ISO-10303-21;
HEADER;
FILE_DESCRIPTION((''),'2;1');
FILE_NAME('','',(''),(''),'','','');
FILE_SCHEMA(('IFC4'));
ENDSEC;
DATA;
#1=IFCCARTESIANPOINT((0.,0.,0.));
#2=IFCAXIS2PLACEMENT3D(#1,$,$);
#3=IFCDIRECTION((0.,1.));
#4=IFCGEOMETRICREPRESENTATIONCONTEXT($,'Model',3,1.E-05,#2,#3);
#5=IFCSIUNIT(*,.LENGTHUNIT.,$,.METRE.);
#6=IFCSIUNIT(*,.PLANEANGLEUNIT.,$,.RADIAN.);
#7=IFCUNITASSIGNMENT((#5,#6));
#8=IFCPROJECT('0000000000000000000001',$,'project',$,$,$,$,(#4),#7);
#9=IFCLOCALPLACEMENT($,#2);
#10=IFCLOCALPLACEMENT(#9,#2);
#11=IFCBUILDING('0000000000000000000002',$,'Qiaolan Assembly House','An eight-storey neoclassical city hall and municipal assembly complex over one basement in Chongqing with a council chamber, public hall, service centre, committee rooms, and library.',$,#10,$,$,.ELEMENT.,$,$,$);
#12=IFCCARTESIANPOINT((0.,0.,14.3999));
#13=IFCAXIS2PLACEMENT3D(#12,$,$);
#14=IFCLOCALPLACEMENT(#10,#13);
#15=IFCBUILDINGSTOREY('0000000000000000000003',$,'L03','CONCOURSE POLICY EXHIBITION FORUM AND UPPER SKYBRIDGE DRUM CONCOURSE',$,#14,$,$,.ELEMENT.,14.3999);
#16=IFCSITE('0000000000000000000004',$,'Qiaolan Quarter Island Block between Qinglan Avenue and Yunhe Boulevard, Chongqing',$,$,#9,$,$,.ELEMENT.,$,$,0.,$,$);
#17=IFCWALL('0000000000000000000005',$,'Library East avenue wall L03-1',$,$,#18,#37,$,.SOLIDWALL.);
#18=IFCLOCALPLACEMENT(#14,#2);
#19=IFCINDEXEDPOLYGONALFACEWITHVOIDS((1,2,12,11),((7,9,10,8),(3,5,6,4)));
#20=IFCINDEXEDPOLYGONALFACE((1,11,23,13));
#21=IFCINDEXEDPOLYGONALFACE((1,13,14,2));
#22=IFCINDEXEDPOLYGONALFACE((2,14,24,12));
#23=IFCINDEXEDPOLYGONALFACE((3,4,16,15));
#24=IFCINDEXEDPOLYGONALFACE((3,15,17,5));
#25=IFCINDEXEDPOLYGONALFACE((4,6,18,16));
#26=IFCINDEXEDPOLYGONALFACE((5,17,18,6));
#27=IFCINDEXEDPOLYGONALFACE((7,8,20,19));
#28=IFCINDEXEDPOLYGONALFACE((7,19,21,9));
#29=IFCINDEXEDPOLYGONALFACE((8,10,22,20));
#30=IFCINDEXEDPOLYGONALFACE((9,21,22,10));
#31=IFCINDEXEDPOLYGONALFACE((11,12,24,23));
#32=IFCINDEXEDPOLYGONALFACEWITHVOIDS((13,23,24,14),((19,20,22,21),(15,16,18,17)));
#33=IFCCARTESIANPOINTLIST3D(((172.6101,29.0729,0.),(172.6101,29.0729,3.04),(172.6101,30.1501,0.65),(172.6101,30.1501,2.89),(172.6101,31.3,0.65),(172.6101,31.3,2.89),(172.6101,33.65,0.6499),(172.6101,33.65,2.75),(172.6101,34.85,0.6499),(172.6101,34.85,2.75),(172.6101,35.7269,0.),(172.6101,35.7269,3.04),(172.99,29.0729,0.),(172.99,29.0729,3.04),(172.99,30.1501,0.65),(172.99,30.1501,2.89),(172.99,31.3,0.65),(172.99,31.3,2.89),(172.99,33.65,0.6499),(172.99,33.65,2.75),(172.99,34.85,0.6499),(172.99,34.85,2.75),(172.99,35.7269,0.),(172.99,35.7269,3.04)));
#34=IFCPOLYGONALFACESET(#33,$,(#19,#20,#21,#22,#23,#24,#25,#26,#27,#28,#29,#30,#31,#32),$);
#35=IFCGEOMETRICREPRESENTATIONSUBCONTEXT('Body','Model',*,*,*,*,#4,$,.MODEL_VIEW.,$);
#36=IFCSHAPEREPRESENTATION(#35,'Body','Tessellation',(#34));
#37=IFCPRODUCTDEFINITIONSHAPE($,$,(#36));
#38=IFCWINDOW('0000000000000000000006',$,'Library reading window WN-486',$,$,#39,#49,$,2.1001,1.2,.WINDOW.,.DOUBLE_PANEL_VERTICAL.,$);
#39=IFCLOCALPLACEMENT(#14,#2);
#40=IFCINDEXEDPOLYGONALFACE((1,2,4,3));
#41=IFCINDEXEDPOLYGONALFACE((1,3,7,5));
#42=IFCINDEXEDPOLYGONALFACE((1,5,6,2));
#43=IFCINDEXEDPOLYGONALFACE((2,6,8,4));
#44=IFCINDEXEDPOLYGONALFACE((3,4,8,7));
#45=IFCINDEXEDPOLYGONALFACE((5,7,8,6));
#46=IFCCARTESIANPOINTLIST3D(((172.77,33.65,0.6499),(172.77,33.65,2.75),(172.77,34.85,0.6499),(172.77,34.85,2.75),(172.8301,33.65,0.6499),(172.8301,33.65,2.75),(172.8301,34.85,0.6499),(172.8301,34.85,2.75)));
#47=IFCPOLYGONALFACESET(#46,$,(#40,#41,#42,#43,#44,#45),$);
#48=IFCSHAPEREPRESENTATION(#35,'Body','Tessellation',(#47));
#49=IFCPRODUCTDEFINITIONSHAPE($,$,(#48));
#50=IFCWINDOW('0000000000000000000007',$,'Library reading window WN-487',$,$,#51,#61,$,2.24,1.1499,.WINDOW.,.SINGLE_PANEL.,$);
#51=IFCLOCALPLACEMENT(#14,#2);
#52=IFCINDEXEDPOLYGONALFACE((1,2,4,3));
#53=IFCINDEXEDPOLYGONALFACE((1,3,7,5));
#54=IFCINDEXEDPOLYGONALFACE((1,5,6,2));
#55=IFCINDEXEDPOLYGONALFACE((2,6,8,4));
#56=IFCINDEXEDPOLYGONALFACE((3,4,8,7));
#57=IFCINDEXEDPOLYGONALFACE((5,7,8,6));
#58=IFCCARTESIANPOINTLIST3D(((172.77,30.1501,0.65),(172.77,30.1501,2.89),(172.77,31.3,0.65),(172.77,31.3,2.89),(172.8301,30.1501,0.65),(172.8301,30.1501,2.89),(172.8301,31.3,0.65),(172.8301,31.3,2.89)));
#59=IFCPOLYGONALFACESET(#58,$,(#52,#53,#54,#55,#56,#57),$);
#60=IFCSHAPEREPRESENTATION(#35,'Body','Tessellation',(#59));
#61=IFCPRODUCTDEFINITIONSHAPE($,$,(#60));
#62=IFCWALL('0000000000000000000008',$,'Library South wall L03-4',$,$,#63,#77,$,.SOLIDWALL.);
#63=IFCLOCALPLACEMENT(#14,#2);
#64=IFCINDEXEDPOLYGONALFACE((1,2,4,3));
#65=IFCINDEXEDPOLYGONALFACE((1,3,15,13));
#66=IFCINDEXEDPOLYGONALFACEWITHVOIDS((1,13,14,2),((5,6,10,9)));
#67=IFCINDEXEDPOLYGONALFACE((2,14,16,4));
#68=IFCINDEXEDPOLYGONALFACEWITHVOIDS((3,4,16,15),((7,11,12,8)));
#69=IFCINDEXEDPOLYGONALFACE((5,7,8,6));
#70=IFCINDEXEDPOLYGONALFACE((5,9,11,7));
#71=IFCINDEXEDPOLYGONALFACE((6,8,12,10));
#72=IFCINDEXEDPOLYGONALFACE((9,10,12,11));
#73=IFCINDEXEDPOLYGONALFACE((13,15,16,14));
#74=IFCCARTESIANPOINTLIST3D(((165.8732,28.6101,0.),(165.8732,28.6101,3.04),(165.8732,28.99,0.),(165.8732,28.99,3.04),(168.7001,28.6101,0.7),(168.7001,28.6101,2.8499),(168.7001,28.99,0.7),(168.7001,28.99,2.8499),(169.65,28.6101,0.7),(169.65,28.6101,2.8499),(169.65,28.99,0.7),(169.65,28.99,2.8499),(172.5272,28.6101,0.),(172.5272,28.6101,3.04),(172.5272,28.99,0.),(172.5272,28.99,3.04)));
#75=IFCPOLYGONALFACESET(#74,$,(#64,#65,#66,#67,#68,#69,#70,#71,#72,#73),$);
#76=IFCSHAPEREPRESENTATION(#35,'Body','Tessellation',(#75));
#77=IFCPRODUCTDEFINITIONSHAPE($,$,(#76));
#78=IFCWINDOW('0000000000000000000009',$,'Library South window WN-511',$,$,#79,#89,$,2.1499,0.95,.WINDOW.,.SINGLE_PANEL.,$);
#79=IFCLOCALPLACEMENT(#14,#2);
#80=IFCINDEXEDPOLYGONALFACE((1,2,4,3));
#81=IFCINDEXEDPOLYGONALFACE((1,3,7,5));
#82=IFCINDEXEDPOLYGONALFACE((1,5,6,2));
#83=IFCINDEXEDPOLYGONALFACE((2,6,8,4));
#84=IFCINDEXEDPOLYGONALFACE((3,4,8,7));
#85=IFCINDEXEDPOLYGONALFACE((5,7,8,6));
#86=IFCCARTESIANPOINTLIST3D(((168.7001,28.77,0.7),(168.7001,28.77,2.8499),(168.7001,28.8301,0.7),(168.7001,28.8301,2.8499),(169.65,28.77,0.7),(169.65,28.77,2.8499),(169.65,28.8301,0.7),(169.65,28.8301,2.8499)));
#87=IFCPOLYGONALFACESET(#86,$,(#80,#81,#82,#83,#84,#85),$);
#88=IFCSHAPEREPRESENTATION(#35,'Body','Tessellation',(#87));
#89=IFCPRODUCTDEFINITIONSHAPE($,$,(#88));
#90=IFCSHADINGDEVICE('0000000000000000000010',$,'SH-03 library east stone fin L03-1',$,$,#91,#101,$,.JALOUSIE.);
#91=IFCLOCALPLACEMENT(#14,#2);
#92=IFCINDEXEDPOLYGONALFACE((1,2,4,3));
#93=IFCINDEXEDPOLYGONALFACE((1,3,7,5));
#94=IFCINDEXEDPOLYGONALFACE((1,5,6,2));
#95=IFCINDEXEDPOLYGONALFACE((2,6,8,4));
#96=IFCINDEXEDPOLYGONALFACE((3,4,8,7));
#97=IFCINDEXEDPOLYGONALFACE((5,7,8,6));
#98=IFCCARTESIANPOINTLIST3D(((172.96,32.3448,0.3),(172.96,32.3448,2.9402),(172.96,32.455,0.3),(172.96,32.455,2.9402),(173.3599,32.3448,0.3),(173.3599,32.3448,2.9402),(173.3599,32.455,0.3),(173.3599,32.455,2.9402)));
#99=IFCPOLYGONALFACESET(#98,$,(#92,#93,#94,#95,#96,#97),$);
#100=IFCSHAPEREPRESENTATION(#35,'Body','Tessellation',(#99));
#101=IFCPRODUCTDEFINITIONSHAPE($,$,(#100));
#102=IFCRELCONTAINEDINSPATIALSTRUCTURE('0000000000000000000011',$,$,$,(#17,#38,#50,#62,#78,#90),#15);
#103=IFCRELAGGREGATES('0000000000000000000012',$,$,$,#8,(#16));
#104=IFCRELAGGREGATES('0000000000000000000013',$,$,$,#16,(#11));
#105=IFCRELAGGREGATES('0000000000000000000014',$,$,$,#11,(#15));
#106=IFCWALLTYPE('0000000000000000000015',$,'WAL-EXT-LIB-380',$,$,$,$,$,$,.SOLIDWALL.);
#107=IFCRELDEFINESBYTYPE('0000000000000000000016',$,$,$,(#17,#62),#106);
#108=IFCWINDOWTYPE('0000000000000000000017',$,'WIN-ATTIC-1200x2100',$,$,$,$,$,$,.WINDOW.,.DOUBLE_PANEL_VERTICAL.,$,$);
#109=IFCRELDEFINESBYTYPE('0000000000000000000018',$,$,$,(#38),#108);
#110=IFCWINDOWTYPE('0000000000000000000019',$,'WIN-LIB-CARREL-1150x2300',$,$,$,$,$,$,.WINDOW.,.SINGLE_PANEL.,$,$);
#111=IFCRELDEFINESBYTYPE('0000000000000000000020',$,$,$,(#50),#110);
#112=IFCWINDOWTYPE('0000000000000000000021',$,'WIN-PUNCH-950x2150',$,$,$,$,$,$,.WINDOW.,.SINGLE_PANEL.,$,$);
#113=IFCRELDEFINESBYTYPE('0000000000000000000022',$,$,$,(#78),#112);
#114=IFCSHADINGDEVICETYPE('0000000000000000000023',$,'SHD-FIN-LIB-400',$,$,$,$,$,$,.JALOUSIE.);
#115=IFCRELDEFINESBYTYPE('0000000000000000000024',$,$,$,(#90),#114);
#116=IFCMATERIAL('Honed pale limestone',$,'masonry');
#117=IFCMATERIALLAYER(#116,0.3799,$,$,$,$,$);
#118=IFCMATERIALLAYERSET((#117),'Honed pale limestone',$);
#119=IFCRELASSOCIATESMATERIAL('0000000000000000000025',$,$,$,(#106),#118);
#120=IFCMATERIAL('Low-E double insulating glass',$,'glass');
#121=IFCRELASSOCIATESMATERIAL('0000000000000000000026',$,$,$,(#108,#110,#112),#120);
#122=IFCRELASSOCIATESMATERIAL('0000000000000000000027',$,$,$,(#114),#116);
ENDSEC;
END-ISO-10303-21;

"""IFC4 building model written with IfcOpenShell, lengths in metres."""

from ifc_helpers import new_model, si_unit, direction, frame, frame_2d, origin, origin_2d, place, context, subcontext, project, spatial, rectangle, extrude, material, layer, layer_set, material_profile, profile_set, type_object, element, fill, save


model = new_model("IFC4")

# Units and contexts
model_context = context("Model", 3, precision=1e-05, world=origin(), true_north=direction((0.0, 1.0)))
body_context = subcontext(model_context, "Body", "Model", "MODEL_VIEW")
ifc_project = project(units=[si_unit("LENGTHUNIT", "METRE"), si_unit("PLANEANGLEUNIT", "RADIAN")], contexts=[model_context])

# Site, building, storey
site_placement = place(None, origin())
site = spatial("IfcSite", under=ifc_project, at=site_placement, Name="Qiaolan Quarter Island Block between Qinglan Avenue and Yunhe Boulevard, Chongqing", CompositionType="ELEMENT", RefElevation=0.0)
building_placement = place(site_placement, origin())
building = spatial("IfcBuilding", under=site, at=building_placement, Name="Qiaolan Assembly House", Description="An eight-storey neoclassical city hall and municipal assembly complex over one basement in Chongqing with a council chamber, public hall, service centre, committee rooms, and library.", CompositionType="ELEMENT")
storey_placement = place(building_placement, frame((0.0, 0.0, 14.3999)))
storey = spatial("IfcBuildingStorey", under=building, at=storey_placement, Name="L03", Description="CONCOURSE POLICY EXHIBITION FORUM AND UPPER SKYBRIDGE DRUM CONCOURSE", CompositionType="ELEMENT", Elevation=14.3999)

# Wall, openings, windows
ifc_material_1 = material(Name="Honed pale limestone", Category="masonry")
ifc_layer = layer(ifc_material_1, 0.3799)
ifc_layer_set = layer_set([ifc_layer], Name="Honed pale limestone")
wall_type = type_object("IfcWallType", Name="WAL-EXT-LIB-380", PredefinedType="SOLIDWALL", material=ifc_layer_set)
wall_1_placement = place(storey_placement, frame((172.8, 35.7271, 0.0), z_axis=(0.0, 0.0, 1.0), x_axis=(0.0, -1.0, 0.0)))
wall_1 = element("IfcWall", 1, at=wall_1_placement, inside=storey, type_object=wall_type, Name="Library East avenue wall L03-1", PredefinedType="SOLIDWALL", context=body_context, shape_type="SweptSolid", body=[
    extrude(rectangle(XDim=6.6541, YDim=0.3799, at=frame_2d((3.3271, 0.0))), origin(), (0.0, 0.0, 1.0), 3.04),
])
opening_1_placement = place(wall_1_placement, frame((0.877, 0.0, 0.6499)))
opening_1 = element("IfcOpeningElement", 2, at=opening_1_placement, cuts=wall_1, PredefinedType="OPENING", context=body_context, shape_type="SweptSolid", body=[
    extrude(rectangle(XDim=1.2, YDim=2.1001, at=frame_2d((0.6001, 1.05))), frame((0.0, 0.2, 0.0), z_axis=(0.0, -1.0, 0.0), x_axis=(1.0, 0.0, 0.0)), (0.0, 0.0, 1.0), 0.3999),
])
opening_2_placement = place(wall_1_placement, frame((4.427, 0.0, 0.6499)))
opening_2 = element("IfcOpeningElement", 3, at=opening_2_placement, cuts=wall_1, PredefinedType="OPENING", context=body_context, shape_type="SweptSolid", body=[
    extrude(rectangle(XDim=1.1499, YDim=2.24, at=frame_2d((0.575, 1.1201))), frame((0.0, 0.2, 0.0), z_axis=(0.0, -1.0, 0.0), x_axis=(1.0, 0.0, 0.0)), (0.0, 0.0, 1.0), 0.3999),
])
ifc_material_2 = material(Name="Low-E double insulating glass", Category="glass")
window_type_1 = type_object("IfcWindowType", Name="WIN-ATTIC-1200x2100", PartitioningType="DOUBLE_PANEL_VERTICAL", PredefinedType="WINDOW", material=ifc_material_2)
window_1_placement = place(opening_1_placement, origin())
window_1 = element("IfcWindow", 4, at=window_1_placement, inside=storey, type_object=window_type_1, Name="Library reading window WN-486", OverallHeight=2.1001, OverallWidth=1.2, PartitioningType="DOUBLE_PANEL_VERTICAL", PredefinedType="WINDOW", context=body_context, shape_type="SweptSolid", body=[
    extrude(rectangle(XDim=1.2, YDim=2.1001, at=frame_2d((0.6001, 1.05))), frame((0.0, 0.03, 0.0), z_axis=(0.0, -1.0, 0.0), x_axis=(1.0, 0.0, 0.0)), (0.0, 0.0, 1.0), 0.0601),
])
fill(opening_1, window_1)
window_type_2 = type_object("IfcWindowType", Name="WIN-LIB-CARREL-1150x2300", PartitioningType="SINGLE_PANEL", PredefinedType="WINDOW", material=ifc_material_2)
window_2_placement = place(opening_2_placement, origin())
window_2 = element("IfcWindow", 5, at=window_2_placement, inside=storey, type_object=window_type_2, Name="Library reading window WN-487", OverallHeight=2.24, OverallWidth=1.1499, PartitioningType="SINGLE_PANEL", PredefinedType="WINDOW", context=body_context, shape_type="SweptSolid", body=[
    extrude(rectangle(XDim=1.1499, YDim=2.24, at=frame_2d((0.575, 1.1201))), frame((0.0, 0.03, 0.0), z_axis=(0.0, -1.0, 0.0), x_axis=(1.0, 0.0, 0.0)), (0.0, 0.0, 1.0), 0.0601),
])
fill(opening_2, window_2)

# Wall, opening, window
wall_2_placement = place(storey_placement, frame((165.873, 28.8, 0.0), z_axis=(0.0, 0.0, 1.0), x_axis=(1.0, 0.0, 0.0)))
wall_2 = element("IfcWall", 6, at=wall_2_placement, inside=storey, type_object=wall_type, Name="Library South wall L03-4", PredefinedType="SOLIDWALL", context=body_context, shape_type="SweptSolid", body=[
    extrude(rectangle(XDim=6.6541, YDim=0.3799, at=frame_2d((3.3271, 0.0))), origin(), (0.0, 0.0, 1.0), 3.04),
])
opening_3_placement = place(wall_2_placement, frame((2.8269, 0.0, 0.7)))
opening_3 = element("IfcOpeningElement", 7, at=opening_3_placement, cuts=wall_2, PredefinedType="OPENING", context=body_context, shape_type="SweptSolid", body=[
    extrude(rectangle(XDim=0.95, YDim=2.1499, at=frame_2d((0.4751, 1.075))), frame((0.0, 0.2, 0.0), z_axis=(0.0, -1.0, 0.0), x_axis=(1.0, 0.0, 0.0)), (0.0, 0.0, 1.0), 0.3999),
])
window_type_3 = type_object("IfcWindowType", Name="WIN-PUNCH-950x2150", PartitioningType="SINGLE_PANEL", PredefinedType="WINDOW", material=ifc_material_2)
window_3_placement = place(opening_3_placement, origin())
window_3 = element("IfcWindow", 8, at=window_3_placement, inside=storey, type_object=window_type_3, Name="Library South window WN-511", OverallHeight=2.1499, OverallWidth=0.95, PartitioningType="SINGLE_PANEL", PredefinedType="WINDOW", context=body_context, shape_type="SweptSolid", body=[
    extrude(rectangle(XDim=0.95, YDim=2.1499, at=frame_2d((0.4751, 1.075))), frame((0.0, 0.03, 0.0), z_axis=(0.0, -1.0, 0.0), x_axis=(1.0, 0.0, 0.0)), (0.0, 0.0, 1.0), 0.0601),
])
fill(opening_3, window_3)

# Shading device
ifc_material_profile_1 = material_profile(ifc_material_1, rectangle(XDim=0.1101, YDim=0.3999, at=origin_2d()), Name="FIN 110x400")
ifc_profile_set_1 = profile_set([ifc_material_profile_1], Name="Honed pale limestone")
shading_device_type = type_object("IfcShadingDeviceType", Name="SHD-FIN-LIB-400", PredefinedType="JALOUSIE", material=ifc_profile_set_1)
shading_device_placement = place(storey_placement, frame((173.1599, 32.3999, 0.3), z_axis=(0.0, 0.0, 1.0), x_axis=(0.0, 1.0, 0.0)))
element("IfcShadingDevice", 9, at=shading_device_placement, inside=storey, type_object=shading_device_type, Name="SH-03 library east stone fin L03-1", PredefinedType="JALOUSIE", context=body_context, shape_type="SweptSolid", body=[
    extrude(rectangle(XDim=0.1101, YDim=0.3999, at=origin_2d()), origin(), (0.0, 0.0, 1.0), 2.6401),
])

save(model, "model.ifc")
